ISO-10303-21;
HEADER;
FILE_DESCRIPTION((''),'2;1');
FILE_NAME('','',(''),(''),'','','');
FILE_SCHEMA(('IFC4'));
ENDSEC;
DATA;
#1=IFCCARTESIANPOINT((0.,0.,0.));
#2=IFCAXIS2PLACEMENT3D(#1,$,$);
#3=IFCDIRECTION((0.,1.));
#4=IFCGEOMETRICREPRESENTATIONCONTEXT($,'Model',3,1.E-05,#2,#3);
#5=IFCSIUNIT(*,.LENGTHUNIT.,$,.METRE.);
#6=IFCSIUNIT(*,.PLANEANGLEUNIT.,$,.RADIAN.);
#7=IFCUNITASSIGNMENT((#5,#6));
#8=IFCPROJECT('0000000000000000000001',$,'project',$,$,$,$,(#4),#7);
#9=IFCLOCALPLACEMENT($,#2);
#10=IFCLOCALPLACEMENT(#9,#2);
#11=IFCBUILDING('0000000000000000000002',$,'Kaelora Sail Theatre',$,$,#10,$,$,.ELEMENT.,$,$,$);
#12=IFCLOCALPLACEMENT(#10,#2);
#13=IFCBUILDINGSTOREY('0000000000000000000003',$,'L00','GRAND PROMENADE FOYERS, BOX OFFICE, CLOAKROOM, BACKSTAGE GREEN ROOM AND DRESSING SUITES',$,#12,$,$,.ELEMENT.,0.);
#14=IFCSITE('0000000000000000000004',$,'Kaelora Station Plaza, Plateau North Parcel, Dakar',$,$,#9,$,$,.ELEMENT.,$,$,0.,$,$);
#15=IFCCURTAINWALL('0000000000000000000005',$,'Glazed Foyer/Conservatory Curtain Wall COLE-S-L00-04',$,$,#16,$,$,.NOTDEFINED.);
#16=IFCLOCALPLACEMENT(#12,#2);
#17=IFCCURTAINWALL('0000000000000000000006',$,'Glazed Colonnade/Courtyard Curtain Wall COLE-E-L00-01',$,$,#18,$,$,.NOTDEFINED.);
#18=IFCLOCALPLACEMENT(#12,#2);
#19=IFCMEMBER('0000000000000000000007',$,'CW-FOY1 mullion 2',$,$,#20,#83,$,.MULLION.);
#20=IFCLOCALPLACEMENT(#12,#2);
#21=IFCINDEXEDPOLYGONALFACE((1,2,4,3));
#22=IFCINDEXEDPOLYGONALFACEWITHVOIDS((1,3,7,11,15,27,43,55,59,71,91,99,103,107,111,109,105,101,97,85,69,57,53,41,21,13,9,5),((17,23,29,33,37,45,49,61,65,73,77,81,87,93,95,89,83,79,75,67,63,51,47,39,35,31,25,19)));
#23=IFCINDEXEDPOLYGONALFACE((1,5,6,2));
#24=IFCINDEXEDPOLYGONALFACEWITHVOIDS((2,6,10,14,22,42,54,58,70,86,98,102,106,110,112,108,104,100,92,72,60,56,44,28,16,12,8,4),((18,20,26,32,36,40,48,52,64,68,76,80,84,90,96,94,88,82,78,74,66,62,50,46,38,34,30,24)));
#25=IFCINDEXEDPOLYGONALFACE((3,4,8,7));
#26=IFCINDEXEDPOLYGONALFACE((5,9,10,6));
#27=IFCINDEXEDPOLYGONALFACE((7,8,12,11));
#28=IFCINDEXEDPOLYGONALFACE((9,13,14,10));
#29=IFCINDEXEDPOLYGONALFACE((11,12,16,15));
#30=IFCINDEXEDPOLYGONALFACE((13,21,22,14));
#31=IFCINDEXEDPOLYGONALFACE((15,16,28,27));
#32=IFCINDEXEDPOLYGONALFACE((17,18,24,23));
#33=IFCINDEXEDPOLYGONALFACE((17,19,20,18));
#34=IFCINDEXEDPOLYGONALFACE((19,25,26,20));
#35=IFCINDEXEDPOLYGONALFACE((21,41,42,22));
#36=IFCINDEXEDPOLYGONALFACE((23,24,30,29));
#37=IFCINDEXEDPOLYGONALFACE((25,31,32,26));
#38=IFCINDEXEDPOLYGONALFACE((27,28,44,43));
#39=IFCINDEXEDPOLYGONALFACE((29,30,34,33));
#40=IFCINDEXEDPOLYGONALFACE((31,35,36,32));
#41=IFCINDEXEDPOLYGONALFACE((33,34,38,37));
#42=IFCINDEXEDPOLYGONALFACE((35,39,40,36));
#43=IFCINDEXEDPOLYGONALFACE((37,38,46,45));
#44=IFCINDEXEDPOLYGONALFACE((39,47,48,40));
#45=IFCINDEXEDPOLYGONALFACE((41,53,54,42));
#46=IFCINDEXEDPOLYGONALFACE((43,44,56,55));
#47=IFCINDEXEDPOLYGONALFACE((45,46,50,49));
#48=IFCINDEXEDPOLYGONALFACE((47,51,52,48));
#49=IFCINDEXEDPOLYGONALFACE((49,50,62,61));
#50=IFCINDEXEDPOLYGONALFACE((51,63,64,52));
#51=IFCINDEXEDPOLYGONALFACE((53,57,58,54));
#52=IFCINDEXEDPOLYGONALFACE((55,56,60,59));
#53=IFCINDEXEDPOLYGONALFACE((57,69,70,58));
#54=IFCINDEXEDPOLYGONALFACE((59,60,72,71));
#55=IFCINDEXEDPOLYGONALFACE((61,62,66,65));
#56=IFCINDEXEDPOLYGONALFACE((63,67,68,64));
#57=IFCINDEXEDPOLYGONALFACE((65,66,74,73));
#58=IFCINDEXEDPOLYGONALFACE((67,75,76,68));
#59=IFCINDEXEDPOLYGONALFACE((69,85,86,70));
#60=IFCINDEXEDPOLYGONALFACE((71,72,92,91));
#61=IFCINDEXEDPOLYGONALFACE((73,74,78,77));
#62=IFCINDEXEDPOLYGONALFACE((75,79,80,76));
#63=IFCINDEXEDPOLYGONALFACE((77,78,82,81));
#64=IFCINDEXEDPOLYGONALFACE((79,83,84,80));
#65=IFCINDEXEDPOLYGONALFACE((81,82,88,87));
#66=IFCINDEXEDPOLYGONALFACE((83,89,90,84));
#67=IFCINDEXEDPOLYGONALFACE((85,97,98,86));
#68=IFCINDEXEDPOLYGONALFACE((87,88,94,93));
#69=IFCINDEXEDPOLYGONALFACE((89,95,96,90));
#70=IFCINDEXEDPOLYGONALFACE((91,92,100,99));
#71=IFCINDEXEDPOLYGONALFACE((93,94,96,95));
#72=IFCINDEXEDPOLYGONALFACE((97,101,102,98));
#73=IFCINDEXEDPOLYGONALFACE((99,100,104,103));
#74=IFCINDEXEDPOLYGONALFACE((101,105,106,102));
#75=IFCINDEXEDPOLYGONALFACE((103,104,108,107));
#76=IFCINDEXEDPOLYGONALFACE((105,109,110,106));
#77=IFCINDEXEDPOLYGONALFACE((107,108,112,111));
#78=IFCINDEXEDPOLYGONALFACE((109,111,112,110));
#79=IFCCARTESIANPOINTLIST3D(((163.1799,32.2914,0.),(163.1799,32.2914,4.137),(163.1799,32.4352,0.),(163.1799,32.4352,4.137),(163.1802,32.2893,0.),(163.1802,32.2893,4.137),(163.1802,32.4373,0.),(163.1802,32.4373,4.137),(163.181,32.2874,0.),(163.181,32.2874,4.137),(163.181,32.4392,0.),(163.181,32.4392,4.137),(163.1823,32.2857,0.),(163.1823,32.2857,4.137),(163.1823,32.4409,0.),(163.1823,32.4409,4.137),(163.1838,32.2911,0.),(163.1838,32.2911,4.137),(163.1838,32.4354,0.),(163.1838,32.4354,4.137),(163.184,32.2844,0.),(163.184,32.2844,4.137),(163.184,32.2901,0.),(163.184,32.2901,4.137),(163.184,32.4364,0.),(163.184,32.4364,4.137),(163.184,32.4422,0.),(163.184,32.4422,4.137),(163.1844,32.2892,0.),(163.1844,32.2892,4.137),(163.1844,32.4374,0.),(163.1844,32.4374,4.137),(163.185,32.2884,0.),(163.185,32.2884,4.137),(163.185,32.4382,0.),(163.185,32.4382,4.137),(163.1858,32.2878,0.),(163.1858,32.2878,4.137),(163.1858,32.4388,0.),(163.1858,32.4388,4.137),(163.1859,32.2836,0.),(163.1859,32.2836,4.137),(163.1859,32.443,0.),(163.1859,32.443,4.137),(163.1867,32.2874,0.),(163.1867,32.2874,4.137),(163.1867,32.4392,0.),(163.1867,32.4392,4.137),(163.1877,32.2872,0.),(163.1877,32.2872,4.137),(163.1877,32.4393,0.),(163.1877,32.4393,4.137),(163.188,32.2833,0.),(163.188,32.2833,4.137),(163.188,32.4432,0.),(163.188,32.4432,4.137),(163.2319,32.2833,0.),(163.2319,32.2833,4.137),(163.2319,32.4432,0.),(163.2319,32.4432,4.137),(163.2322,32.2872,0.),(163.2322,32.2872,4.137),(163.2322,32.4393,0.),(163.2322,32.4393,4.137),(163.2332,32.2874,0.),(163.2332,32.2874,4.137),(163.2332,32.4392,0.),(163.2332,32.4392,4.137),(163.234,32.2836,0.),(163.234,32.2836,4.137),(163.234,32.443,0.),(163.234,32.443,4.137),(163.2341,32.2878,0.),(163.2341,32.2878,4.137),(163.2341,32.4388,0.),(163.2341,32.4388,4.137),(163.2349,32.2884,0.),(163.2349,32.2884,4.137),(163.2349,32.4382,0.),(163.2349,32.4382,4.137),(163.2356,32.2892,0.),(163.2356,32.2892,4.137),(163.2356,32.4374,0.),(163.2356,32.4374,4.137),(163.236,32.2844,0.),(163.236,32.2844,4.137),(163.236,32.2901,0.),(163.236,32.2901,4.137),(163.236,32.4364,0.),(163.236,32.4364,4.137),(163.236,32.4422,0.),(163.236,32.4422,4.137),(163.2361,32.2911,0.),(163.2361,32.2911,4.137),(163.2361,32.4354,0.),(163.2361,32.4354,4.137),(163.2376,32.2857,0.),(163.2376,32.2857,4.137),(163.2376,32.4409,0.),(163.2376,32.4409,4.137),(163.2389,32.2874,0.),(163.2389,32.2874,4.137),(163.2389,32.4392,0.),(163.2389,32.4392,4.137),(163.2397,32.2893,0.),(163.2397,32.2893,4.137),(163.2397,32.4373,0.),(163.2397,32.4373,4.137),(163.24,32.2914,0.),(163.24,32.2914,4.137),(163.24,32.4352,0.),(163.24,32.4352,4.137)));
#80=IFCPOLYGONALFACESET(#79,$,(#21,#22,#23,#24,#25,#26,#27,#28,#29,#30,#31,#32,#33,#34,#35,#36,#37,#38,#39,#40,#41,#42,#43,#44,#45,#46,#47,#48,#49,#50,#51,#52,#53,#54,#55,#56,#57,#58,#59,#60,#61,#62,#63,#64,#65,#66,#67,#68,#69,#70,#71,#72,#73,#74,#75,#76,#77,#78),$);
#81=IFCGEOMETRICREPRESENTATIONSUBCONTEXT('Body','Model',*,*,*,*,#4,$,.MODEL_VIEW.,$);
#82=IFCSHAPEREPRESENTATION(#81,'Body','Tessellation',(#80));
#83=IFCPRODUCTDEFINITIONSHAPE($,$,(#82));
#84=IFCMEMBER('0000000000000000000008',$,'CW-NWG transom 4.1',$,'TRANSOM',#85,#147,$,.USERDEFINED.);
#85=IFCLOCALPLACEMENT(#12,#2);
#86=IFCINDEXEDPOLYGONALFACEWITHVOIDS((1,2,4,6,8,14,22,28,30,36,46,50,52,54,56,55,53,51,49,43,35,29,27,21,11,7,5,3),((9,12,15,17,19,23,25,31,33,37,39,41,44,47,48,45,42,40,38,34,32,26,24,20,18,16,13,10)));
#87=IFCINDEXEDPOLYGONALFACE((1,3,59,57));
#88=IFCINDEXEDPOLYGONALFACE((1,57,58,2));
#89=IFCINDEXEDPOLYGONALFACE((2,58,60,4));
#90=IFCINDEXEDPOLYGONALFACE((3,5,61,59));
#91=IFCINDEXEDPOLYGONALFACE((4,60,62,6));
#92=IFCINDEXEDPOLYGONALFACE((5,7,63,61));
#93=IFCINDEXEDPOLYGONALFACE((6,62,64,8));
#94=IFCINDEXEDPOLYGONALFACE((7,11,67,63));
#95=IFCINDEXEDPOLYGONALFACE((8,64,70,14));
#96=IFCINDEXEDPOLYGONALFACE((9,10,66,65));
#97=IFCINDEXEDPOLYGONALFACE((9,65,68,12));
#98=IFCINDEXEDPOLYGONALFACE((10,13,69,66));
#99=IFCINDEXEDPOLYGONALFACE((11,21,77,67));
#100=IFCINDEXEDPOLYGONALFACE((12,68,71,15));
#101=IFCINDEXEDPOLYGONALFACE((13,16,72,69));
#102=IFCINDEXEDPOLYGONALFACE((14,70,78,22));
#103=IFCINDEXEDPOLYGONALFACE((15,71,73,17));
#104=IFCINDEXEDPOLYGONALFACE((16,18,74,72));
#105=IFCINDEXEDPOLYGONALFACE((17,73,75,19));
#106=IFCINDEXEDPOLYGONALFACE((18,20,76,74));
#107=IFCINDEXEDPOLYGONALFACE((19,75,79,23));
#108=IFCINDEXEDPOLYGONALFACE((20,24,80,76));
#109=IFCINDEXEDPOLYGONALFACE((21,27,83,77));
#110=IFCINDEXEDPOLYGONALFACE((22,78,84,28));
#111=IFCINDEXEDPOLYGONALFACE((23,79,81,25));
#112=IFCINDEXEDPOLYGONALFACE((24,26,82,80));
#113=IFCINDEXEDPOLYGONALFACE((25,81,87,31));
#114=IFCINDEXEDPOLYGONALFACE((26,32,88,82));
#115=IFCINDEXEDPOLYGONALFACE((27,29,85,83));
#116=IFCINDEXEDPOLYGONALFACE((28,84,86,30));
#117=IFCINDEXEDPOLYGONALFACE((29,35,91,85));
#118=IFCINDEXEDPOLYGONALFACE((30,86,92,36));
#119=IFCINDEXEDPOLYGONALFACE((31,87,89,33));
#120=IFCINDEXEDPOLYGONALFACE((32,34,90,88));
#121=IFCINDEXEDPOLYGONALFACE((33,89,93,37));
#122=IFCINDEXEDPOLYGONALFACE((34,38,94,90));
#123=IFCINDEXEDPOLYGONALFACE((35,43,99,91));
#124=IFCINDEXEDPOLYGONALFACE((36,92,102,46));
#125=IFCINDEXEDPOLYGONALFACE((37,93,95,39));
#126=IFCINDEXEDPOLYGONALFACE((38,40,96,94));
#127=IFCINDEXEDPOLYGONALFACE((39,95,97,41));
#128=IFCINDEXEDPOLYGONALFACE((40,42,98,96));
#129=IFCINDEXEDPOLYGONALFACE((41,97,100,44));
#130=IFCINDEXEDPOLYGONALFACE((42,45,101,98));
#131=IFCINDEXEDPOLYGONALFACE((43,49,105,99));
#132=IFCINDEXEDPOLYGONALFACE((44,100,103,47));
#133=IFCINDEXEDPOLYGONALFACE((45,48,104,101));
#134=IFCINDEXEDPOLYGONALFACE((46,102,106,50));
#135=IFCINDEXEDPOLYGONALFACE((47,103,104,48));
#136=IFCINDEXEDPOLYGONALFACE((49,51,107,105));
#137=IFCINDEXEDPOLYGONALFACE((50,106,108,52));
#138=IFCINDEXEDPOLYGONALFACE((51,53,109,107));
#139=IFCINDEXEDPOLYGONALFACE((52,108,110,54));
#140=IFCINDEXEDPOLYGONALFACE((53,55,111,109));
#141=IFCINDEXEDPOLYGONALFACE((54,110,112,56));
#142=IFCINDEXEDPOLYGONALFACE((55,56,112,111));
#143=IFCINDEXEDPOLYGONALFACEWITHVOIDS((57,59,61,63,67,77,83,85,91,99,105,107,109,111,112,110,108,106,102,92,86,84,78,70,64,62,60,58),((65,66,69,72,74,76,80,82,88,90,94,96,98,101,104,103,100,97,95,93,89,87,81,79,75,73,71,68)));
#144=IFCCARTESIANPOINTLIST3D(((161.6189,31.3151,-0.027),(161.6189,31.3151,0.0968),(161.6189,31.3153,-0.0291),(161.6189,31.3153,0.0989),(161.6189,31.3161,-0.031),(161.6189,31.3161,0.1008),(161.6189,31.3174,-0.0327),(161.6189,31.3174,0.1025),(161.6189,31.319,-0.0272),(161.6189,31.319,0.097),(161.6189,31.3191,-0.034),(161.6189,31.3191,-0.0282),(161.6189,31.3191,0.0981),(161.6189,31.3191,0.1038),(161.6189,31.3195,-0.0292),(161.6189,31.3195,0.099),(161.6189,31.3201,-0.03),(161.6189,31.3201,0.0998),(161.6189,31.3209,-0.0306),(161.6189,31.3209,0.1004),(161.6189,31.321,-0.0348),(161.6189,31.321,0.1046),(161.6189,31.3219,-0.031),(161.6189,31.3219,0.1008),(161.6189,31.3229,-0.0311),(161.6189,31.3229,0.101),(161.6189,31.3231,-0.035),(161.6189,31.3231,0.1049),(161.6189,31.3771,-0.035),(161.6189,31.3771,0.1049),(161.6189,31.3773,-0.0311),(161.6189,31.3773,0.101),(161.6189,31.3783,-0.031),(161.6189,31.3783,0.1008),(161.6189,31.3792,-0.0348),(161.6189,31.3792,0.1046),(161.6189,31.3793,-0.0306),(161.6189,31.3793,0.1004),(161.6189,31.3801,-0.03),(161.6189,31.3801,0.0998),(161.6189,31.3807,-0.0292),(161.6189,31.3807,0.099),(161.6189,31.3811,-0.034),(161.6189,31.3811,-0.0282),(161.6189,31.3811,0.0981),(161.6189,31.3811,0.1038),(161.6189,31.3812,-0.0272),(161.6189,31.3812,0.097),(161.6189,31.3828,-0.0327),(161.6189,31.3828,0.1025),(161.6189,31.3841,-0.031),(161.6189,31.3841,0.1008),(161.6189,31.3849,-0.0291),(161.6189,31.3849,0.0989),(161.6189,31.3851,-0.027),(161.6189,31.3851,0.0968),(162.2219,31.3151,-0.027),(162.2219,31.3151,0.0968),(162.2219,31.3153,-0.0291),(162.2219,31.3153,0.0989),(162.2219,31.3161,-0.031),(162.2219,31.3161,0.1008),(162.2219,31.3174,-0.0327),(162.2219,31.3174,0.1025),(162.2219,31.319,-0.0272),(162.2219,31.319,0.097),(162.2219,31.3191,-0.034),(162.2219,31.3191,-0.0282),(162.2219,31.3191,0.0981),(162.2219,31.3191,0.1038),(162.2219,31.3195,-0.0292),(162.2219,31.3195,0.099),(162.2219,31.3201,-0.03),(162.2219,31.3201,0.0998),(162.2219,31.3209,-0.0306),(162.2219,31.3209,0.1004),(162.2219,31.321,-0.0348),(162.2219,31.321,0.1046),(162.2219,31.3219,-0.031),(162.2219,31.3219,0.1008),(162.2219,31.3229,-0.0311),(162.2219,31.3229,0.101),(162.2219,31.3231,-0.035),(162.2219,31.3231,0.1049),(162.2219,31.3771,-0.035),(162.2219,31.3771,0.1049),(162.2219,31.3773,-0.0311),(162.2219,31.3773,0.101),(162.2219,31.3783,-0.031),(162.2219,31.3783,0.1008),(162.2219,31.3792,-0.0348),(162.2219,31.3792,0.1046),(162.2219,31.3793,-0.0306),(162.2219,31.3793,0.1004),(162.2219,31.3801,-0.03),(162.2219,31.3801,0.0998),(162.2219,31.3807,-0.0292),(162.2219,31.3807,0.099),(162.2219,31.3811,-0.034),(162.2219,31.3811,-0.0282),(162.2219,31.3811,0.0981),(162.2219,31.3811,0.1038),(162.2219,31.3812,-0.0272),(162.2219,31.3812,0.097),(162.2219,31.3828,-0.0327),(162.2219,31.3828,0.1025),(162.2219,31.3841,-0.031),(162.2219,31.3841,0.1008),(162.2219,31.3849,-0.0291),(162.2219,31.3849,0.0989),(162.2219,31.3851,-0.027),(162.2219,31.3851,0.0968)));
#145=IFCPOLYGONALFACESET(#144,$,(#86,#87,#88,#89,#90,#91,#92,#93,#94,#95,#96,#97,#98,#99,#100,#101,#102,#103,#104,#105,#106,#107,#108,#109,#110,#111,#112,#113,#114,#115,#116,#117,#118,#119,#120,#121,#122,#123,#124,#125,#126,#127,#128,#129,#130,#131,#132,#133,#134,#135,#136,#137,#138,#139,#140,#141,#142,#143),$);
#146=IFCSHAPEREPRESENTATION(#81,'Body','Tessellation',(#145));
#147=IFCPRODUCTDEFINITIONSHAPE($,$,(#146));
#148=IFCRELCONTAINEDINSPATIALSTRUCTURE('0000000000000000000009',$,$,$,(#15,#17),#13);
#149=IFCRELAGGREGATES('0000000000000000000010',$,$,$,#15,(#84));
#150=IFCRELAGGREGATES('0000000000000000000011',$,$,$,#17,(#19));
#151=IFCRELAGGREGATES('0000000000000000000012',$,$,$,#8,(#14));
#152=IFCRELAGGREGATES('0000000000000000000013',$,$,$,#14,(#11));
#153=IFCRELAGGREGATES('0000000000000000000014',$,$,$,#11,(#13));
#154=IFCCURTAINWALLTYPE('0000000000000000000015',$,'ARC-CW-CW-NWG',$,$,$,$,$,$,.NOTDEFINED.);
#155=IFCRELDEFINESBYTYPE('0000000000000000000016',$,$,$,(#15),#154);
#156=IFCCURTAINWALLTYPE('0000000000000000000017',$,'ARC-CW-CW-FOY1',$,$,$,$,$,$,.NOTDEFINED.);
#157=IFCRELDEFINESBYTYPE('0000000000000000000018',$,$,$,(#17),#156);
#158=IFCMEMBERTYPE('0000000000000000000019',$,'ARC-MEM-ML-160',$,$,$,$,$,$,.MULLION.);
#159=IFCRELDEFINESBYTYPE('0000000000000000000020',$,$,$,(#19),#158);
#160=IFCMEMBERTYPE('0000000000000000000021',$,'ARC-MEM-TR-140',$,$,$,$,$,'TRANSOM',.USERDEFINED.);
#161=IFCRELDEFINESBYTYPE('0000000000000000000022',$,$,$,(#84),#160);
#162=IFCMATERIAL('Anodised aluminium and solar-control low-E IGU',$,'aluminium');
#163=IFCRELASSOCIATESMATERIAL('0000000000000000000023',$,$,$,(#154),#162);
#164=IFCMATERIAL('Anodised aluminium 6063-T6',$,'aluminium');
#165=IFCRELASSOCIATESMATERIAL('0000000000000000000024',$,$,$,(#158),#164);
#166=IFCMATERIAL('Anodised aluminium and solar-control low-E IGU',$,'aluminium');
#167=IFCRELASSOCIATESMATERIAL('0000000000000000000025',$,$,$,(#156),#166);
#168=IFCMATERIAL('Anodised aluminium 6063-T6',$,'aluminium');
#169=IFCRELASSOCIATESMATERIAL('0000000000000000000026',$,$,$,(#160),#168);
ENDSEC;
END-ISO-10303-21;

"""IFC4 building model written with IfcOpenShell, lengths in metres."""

from ifc_helpers import new_model, si_unit, direction, frame, origin, origin_2d, place, context, subcontext, project, spatial, hollow_rectangle, extrude, material, material_profile, profile_set, type_object, element, aggregate, save


model = new_model("IFC4")

# Units and contexts
model_context = context("Model", 3, precision=1e-05, world=origin(), true_north=direction((0.0, 1.0)))
body_context = subcontext(model_context, "Body", "Model", "MODEL_VIEW")
ifc_project = project(units=[si_unit("LENGTHUNIT", "METRE"), si_unit("PLANEANGLEUNIT", "RADIAN")], contexts=[model_context])

# Site, building, storey
site_placement = place(None, origin())
site = spatial("IfcSite", under=ifc_project, at=site_placement, Name="Kaelora Station Plaza, Plateau North Parcel, Dakar", CompositionType="ELEMENT", RefElevation=0.0)
building_placement = place(site_placement, origin())
building = spatial("IfcBuilding", under=site, at=building_placement, Name="Kaelora Sail Theatre", CompositionType="ELEMENT")
storey_placement = place(building_placement, origin())
storey = spatial("IfcBuildingStorey", under=building, at=storey_placement, Name="L00", Description="GRAND PROMENADE FOYERS, BOX OFFICE, CLOAKROOM, BACKSTAGE GREEN ROOM AND DRESSING SUITES", CompositionType="ELEMENT", Elevation=0.0)

# Curtain walls, member
ifc_material_1 = material(Name="Anodised aluminium and solar-control low-E IGU", Category="aluminium")
curtain_wall_type_1 = type_object("IfcCurtainWallType", Name="ARC-CW-CW-NWG", PredefinedType="NOTDEFINED", material=ifc_material_1)
curtain_wall_1_placement = place(storey_placement, origin())
curtain_wall_1 = element("IfcCurtainWall", 1, at=curtain_wall_1_placement, inside=storey, type_object=curtain_wall_type_1, Name="Glazed Foyer/Conservatory Curtain Wall COLE-S-L00-04", PredefinedType="NOTDEFINED")
ifc_material_2 = material(Name="Anodised aluminium 6063-T6", Category="aluminium")
ifc_material_profile_1 = material_profile(ifc_material_2, hollow_rectangle(XDim=0.0601, YDim=0.1599, WallThickness=0.0039, InnerFilletRadius=0.0039, OuterFilletRadius=0.0081, at=origin_2d()), Name="ALU-MULL 60x160x4")
ifc_profile_set_1 = profile_set([ifc_material_profile_1], Name="Anodised aluminium 6063-T6")
member_type_1 = type_object("IfcMemberType", Name="ARC-MEM-ML-160", PredefinedType="MULLION", material=ifc_profile_set_1)
ifc_material_3 = material(Name="Anodised aluminium and solar-control low-E IGU", Category="aluminium")
curtain_wall_type_2 = type_object("IfcCurtainWallType", Name="ARC-CW-CW-FOY1", PredefinedType="NOTDEFINED", material=ifc_material_3)
curtain_wall_2_placement = place(storey_placement, origin())
curtain_wall_2 = element("IfcCurtainWall", 2, at=curtain_wall_2_placement, inside=storey, type_object=curtain_wall_type_2, Name="Glazed Colonnade/Courtyard Curtain Wall COLE-E-L00-01", PredefinedType="NOTDEFINED")
member_1_placement = place(storey_placement, frame((163.21, 32.3633, 0.0), z_axis=(0.0, 0.0, 1.0), x_axis=(-1.0, 0.0, 0.0)))
member_1 = element("IfcMember", 3, at=member_1_placement, type_object=member_type_1, Name="CW-FOY1 mullion 2", PredefinedType="MULLION", context=body_context, shape_type="SweptSolid", body=[
    extrude(hollow_rectangle(XDim=0.0601, YDim=0.1599, WallThickness=0.0039, InnerFilletRadius=0.0039, OuterFilletRadius=0.0081, at=origin_2d()), origin(), (0.0, 0.0, 1.0), 4.137),
])

# Member
ifc_material_4 = material(Name="Anodised aluminium 6063-T6", Category="aluminium")
ifc_material_profile_2 = material_profile(ifc_material_4, hollow_rectangle(XDim=0.0701, YDim=0.1399, WallThickness=0.0039, InnerFilletRadius=0.0039, OuterFilletRadius=0.0081, at=origin_2d()), Name="ALU-TRAN 70x140x4")
ifc_profile_set_2 = profile_set([ifc_material_profile_2], Name="Anodised aluminium 6063-T6")
member_type_2 = type_object("IfcMemberType", Name="ARC-MEM-TR-140", ElementType="TRANSOM", PredefinedType="USERDEFINED", material=ifc_profile_set_2)
member_2_placement = place(storey_placement, frame((161.6189, 31.3501, 0.0349), z_axis=(1.0, 0.0, 0.0), x_axis=(0.0, 1.0, 0.0)))
member_2 = element("IfcMember", 4, at=member_2_placement, type_object=member_type_2, Name="CW-NWG transom 4.1", ObjectType="TRANSOM", PredefinedType="USERDEFINED", context=body_context, shape_type="SweptSolid", body=[
    extrude(hollow_rectangle(XDim=0.0701, YDim=0.1399, WallThickness=0.0039, InnerFilletRadius=0.0039, OuterFilletRadius=0.0081, at=origin_2d()), origin(), (0.0, 0.0, 1.0), 0.603),
])

aggregate(curtain_wall_1, [member_2])
aggregate(curtain_wall_2, [member_1])

save(model, "model.ifc")
